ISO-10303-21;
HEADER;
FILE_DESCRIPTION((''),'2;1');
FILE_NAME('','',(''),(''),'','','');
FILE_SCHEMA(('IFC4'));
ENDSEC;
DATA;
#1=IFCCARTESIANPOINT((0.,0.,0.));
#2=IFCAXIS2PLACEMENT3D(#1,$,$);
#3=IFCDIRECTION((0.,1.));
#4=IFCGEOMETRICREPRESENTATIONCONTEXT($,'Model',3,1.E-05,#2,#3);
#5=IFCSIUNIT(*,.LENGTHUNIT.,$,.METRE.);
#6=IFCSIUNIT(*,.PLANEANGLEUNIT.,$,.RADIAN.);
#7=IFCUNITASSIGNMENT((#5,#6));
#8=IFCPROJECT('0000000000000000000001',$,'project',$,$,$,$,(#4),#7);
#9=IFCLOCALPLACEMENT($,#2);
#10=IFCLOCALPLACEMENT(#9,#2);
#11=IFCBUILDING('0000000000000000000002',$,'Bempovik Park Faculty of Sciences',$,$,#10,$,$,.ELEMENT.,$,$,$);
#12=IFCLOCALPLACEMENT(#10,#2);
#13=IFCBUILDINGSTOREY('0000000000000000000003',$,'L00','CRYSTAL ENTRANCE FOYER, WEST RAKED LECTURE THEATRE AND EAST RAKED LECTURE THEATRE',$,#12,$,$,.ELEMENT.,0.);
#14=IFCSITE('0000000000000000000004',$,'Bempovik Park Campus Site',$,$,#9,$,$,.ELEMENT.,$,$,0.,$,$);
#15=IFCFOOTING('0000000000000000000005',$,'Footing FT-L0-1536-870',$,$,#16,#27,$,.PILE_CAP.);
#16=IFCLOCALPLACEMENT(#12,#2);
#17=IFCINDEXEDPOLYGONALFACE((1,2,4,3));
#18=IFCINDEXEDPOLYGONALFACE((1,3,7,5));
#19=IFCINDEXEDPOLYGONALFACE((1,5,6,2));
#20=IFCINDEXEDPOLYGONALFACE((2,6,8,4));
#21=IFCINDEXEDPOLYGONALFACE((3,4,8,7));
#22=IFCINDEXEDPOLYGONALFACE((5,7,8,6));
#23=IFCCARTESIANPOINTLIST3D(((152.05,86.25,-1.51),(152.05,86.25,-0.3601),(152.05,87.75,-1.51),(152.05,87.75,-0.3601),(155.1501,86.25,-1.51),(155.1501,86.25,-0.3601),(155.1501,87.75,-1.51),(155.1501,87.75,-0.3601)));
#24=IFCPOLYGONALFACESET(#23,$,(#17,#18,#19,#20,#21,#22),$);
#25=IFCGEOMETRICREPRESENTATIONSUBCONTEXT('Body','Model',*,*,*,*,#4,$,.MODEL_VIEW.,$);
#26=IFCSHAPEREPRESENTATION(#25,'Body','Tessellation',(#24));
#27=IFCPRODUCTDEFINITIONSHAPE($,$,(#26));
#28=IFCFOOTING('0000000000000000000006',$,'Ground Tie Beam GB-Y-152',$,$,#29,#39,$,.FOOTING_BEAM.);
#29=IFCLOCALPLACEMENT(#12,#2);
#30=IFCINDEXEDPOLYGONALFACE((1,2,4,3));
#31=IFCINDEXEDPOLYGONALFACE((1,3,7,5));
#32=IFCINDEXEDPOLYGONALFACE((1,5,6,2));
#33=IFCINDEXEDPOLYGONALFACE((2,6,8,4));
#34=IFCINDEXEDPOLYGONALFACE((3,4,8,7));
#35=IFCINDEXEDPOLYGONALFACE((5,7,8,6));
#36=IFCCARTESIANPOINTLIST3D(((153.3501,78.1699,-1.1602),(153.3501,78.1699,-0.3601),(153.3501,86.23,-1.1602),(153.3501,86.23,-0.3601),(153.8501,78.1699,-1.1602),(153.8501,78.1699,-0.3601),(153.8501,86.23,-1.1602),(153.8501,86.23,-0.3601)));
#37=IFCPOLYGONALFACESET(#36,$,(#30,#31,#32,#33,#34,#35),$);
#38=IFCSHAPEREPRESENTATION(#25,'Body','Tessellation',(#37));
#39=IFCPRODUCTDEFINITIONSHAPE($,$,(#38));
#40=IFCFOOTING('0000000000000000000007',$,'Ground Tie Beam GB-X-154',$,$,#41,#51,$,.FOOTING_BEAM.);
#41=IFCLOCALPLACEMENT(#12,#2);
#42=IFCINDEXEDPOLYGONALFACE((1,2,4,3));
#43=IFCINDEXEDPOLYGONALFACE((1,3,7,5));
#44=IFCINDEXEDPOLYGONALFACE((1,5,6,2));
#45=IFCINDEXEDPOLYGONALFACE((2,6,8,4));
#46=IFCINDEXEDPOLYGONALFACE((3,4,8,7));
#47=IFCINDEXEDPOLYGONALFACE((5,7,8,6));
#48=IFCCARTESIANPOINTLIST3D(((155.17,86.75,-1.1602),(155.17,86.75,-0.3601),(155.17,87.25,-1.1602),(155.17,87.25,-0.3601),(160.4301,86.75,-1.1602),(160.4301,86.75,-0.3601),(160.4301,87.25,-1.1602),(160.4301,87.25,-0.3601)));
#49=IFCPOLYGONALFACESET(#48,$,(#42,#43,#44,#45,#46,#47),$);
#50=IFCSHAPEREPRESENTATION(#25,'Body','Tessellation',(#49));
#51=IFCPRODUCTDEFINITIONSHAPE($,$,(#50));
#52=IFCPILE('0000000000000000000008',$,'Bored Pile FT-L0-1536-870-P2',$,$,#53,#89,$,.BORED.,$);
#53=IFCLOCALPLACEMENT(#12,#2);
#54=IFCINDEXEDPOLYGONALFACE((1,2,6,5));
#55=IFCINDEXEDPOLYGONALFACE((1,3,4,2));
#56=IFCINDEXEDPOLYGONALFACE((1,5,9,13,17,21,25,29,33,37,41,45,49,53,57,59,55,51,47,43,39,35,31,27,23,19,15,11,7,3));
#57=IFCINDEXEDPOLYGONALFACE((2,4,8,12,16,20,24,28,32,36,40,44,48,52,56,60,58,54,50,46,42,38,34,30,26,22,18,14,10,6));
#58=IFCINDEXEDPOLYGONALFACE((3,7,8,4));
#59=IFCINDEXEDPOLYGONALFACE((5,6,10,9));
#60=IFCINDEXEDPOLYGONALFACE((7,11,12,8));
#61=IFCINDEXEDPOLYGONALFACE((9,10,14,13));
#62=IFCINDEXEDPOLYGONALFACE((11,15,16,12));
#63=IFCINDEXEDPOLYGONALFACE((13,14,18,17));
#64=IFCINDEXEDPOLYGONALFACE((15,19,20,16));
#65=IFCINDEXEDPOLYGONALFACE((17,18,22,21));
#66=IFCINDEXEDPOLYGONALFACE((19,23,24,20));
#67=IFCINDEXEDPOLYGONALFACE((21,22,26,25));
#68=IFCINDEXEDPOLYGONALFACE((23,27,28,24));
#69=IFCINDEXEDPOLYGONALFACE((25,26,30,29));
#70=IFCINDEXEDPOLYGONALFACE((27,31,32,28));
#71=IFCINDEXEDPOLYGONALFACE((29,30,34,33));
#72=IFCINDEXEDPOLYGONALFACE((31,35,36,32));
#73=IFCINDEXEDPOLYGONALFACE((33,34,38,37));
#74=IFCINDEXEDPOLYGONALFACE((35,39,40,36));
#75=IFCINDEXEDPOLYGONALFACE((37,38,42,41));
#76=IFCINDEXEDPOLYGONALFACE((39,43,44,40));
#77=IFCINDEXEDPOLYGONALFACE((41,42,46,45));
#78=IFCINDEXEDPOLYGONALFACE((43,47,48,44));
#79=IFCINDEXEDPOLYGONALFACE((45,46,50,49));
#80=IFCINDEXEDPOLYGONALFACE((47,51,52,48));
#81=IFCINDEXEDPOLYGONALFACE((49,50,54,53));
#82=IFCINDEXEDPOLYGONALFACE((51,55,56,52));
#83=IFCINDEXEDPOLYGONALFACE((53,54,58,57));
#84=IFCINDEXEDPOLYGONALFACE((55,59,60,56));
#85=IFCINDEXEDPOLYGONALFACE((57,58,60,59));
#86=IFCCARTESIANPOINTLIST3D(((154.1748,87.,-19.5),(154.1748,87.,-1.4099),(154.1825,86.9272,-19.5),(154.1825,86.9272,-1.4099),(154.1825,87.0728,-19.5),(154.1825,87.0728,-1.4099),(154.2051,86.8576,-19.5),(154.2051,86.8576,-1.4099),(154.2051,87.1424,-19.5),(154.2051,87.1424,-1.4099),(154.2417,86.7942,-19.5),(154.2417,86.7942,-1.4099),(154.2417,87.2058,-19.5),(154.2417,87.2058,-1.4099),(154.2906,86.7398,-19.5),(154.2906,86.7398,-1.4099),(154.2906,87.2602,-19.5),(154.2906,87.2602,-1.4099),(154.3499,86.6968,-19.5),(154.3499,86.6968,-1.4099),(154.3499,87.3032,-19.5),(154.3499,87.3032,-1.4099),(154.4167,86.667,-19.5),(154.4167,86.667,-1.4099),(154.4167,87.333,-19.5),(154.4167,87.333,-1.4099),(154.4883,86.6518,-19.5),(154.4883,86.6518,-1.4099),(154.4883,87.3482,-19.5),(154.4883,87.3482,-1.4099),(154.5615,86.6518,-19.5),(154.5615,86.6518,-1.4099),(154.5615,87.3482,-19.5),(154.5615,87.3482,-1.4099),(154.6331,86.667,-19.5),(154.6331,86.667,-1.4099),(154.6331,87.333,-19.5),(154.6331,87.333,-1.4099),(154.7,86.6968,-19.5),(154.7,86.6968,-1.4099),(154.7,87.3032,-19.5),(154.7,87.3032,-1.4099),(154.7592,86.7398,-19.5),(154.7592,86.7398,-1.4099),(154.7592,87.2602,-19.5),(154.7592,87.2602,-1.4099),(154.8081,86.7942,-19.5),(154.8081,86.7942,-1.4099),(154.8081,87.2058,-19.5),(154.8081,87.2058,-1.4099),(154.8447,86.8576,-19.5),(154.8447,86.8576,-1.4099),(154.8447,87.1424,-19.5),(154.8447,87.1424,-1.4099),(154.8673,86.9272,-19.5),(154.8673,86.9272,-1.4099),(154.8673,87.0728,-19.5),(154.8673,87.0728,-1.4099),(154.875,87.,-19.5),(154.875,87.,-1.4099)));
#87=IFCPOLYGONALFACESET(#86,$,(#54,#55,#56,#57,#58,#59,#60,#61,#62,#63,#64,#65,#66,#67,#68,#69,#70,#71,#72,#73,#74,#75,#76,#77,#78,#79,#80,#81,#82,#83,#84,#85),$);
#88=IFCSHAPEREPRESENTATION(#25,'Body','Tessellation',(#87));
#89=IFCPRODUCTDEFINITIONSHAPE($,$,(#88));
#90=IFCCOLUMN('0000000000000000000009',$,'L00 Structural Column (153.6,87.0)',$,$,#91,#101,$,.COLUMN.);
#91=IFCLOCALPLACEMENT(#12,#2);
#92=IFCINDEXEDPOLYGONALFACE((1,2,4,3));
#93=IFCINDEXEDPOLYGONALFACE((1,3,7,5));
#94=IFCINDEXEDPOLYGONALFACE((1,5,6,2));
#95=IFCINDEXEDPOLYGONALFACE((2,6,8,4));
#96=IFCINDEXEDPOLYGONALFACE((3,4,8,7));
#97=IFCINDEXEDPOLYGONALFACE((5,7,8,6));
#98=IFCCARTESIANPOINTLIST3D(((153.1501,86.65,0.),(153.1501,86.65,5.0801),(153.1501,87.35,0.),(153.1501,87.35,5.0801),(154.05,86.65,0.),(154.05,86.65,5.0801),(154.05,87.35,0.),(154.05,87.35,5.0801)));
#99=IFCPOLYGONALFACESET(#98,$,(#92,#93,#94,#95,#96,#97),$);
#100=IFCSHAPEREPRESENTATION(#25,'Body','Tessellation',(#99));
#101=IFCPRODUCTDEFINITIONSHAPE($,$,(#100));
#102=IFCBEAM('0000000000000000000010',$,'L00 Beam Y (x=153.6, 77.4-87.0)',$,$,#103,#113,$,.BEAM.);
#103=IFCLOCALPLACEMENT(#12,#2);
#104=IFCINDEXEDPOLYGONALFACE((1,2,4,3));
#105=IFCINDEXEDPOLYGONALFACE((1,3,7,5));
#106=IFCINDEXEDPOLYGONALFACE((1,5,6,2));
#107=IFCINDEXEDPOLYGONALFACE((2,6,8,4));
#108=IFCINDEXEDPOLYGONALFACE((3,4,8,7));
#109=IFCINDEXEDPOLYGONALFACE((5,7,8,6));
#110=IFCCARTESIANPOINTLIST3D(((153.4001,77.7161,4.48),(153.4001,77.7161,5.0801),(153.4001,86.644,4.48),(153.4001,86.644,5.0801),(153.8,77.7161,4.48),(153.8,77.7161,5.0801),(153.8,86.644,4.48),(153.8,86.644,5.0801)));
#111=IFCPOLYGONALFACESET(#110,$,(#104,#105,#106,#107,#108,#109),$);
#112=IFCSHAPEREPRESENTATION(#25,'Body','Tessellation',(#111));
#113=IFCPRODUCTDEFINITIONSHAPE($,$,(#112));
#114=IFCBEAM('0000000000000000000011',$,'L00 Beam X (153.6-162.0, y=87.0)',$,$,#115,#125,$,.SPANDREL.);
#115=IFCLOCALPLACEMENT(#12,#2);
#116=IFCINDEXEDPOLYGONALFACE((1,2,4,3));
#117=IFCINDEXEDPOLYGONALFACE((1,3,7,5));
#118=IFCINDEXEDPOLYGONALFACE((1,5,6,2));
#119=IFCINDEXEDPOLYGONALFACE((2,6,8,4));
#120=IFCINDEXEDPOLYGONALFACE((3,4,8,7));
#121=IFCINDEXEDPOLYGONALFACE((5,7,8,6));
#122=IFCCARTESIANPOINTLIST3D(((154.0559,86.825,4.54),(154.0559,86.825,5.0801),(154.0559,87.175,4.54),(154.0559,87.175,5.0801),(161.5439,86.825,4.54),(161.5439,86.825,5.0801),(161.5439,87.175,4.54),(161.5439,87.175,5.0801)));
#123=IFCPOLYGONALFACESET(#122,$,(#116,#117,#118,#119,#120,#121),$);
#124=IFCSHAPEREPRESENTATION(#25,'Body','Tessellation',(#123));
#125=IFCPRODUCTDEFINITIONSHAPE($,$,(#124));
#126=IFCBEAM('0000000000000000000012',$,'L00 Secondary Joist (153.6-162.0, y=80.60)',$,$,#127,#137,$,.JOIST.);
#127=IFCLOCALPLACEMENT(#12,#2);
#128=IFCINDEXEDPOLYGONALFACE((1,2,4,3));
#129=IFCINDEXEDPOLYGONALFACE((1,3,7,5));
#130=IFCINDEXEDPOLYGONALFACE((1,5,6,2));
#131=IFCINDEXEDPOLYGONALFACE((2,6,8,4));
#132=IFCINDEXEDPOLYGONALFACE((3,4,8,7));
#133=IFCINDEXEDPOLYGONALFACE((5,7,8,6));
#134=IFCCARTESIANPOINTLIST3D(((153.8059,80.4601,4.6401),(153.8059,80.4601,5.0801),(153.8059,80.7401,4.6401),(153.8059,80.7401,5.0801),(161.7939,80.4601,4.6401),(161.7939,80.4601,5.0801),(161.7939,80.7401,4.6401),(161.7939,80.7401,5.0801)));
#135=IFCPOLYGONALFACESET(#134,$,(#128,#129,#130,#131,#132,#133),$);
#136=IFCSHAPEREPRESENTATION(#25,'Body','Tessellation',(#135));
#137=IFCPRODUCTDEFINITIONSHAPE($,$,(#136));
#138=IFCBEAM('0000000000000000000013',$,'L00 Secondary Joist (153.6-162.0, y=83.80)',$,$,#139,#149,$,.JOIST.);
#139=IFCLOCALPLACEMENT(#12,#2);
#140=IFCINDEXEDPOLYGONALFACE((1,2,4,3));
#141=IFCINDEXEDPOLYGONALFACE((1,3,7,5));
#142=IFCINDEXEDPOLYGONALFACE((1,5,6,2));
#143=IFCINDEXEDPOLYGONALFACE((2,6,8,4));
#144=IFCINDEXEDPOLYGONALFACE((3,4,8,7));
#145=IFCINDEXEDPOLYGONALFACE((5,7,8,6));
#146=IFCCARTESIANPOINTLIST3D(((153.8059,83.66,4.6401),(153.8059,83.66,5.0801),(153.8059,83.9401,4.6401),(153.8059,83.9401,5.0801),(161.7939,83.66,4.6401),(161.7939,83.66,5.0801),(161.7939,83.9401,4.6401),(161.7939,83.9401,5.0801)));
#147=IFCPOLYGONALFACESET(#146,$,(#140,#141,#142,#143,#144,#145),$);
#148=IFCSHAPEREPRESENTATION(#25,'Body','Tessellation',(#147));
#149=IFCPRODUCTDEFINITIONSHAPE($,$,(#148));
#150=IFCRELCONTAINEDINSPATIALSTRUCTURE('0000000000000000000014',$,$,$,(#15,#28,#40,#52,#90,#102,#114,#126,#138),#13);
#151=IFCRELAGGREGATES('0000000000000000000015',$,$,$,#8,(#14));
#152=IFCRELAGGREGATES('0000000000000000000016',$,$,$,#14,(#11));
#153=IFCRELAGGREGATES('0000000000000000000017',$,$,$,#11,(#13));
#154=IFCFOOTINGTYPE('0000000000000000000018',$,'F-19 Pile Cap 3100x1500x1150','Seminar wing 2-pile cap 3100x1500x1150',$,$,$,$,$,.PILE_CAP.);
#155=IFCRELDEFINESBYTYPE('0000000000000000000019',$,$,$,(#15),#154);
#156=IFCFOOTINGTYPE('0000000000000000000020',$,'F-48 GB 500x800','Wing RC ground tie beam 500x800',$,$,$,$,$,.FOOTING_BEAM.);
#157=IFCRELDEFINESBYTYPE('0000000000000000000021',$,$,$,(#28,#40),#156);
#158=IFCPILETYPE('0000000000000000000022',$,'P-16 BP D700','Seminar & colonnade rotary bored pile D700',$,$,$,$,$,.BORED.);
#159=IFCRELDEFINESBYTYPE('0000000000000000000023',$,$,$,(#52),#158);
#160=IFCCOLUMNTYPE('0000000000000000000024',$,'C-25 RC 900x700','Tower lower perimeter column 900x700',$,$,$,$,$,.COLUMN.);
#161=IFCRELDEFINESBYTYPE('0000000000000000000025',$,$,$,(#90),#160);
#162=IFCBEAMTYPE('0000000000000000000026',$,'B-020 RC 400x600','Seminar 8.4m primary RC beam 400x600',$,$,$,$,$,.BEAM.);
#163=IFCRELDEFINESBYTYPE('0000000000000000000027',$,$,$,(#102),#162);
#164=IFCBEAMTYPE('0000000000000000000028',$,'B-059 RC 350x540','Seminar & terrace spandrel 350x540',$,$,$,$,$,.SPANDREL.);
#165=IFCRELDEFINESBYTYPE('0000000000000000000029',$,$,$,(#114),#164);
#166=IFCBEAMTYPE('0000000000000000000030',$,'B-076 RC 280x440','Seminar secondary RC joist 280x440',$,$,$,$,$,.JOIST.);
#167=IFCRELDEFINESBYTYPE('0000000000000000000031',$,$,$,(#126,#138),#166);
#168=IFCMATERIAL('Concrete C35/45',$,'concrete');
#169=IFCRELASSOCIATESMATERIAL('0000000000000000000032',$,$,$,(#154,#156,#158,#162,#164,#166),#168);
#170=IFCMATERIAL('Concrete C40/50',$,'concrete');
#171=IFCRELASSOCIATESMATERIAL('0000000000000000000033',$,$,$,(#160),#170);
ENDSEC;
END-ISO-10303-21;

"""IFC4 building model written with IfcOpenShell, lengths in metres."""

from ifc_helpers import new_model, si_unit, direction, frame, origin, origin_2d, place, context, subcontext, project, spatial, rectangle, circle, extrude, material, material_profile, profile_set, type_object, element, save


model = new_model("IFC4")

# Units and contexts
model_context = context("Model", 3, precision=1e-05, world=origin(), true_north=direction((0.0, 1.0)))
body_context = subcontext(model_context, "Body", "Model", "MODEL_VIEW")
ifc_project = project(units=[si_unit("LENGTHUNIT", "METRE"), si_unit("PLANEANGLEUNIT", "RADIAN")], contexts=[model_context])

# Site, building, storey
site_placement = place(None, origin())
site = spatial("IfcSite", under=ifc_project, at=site_placement, Name="Bempovik Park Campus Site", CompositionType="ELEMENT", RefElevation=0.0)
building_placement = place(site_placement, origin())
building = spatial("IfcBuilding", under=site, at=building_placement, Name="Bempovik Park Faculty of Sciences", CompositionType="ELEMENT")
storey_placement = place(building_placement, origin())
storey = spatial("IfcBuildingStorey", under=building, at=storey_placement, Name="L00", Description="CRYSTAL ENTRANCE FOYER, WEST RAKED LECTURE THEATRE AND EAST RAKED LECTURE THEATRE", CompositionType="ELEMENT", Elevation=0.0)

# Footings
ifc_material_1 = material(Name="Concrete C35/45", Category="concrete")
footing_type_1 = type_object("IfcFootingType", Name="F-19 Pile Cap 3100x1500x1150", Description="Seminar wing 2-pile cap 3100x1500x1150", PredefinedType="PILE_CAP", material=ifc_material_1)
footing_1_placement = place(storey_placement, frame((153.6001, 87.0, -1.51), z_axis=(0.0, 0.0, 1.0), x_axis=(1.0, 0.0, 0.0)))
element("IfcFooting", 1, at=footing_1_placement, inside=storey, type_object=footing_type_1, Name="Footing FT-L0-1536-870", PredefinedType="PILE_CAP", context=body_context, shape_type="SweptSolid", body=[
    extrude(rectangle(XDim=3.1001, YDim=1.5, at=origin_2d()), origin(), (0.0, 0.0, 1.0), 1.1499),
])
footing_type_2 = type_object("IfcFootingType", Name="F-48 GB 500x800", Description="Wing RC ground tie beam 500x800", PredefinedType="FOOTING_BEAM", material=ifc_material_1)
footing_2_placement = place(storey_placement, frame((153.6001, 82.2, -1.1602), z_axis=(0.0, 0.0, 1.0), x_axis=(1.0, 0.0, 0.0)))
element("IfcFooting", 2, at=footing_2_placement, inside=storey, type_object=footing_type_2, Name="Ground Tie Beam GB-Y-152", PredefinedType="FOOTING_BEAM", context=body_context, shape_type="SweptSolid", body=[
    extrude(rectangle(XDim=0.5, YDim=8.0601, at=origin_2d()), origin(), (0.0, 0.0, 1.0), 0.8),
])
footing_3_placement = place(storey_placement, frame((157.8, 87.0, -1.1602), z_axis=(0.0, 0.0, 1.0), x_axis=(1.0, 0.0, 0.0)))
element("IfcFooting", 3, at=footing_3_placement, inside=storey, type_object=footing_type_2, Name="Ground Tie Beam GB-X-154", PredefinedType="FOOTING_BEAM", context=body_context, shape_type="SweptSolid", body=[
    extrude(rectangle(XDim=5.26, YDim=0.5, at=origin_2d()), origin(), (0.0, 0.0, 1.0), 0.8),
])

# Pile
ifc_material_profile_1 = material_profile(ifc_material_1, circle(Radius=0.3501, at=origin_2d()), Name="BP D700")
ifc_profile_set_1 = profile_set([ifc_material_profile_1], Name="Concrete C35/45")
pile_type = type_object("IfcPileType", Name="P-16 BP D700", Description="Seminar & colonnade rotary bored pile D700", PredefinedType="BORED", material=ifc_profile_set_1)
pile_placement = place(storey_placement, frame((154.5249, 87.0, -1.4099), z_axis=(0.0, 0.0, -1.0), x_axis=(1.0, 0.0, 0.0)))
element("IfcPile", 4, at=pile_placement, inside=storey, type_object=pile_type, Name="Bored Pile FT-L0-1536-870-P2", PredefinedType="BORED", context=body_context, shape_type="SweptSolid", body=[
    extrude(circle(Radius=0.3501, at=origin_2d()), origin(), (0.0, 0.0, 1.0), 18.0901),
])

# Column
ifc_material_2 = material(Name="Concrete C40/50", Category="concrete")
ifc_material_profile_2 = material_profile(ifc_material_2, rectangle(XDim=0.8999, YDim=0.7, at=origin_2d()), Name="RC 900x700")
ifc_profile_set_2 = profile_set([ifc_material_profile_2], Name="Concrete C40/50")
column_type = type_object("IfcColumnType", Name="C-25 RC 900x700", Description="Tower lower perimeter column 900x700", PredefinedType="COLUMN", material=ifc_profile_set_2)
column_placement = place(storey_placement, frame((153.6001, 87.0, 0.0), z_axis=(0.0, 0.0, 1.0), x_axis=(1.0, 0.0, 0.0)))
element("IfcColumn", 5, at=column_placement, inside=storey, type_object=column_type, Name="L00 Structural Column (153.6,87.0)", PredefinedType="COLUMN", context=body_context, shape_type="SweptSolid", body=[
    extrude(rectangle(XDim=0.8999, YDim=0.7, at=origin_2d()), origin(), (0.0, 0.0, 1.0), 5.0801),
])

# Beams
ifc_material_profile_3 = material_profile(ifc_material_1, rectangle(XDim=0.3999, YDim=0.6001, at=origin_2d()), Name="RC 400x600")
ifc_profile_set_3 = profile_set([ifc_material_profile_3], Name="Concrete C35/45")
beam_type_1 = type_object("IfcBeamType", Name="B-020 RC 400x600", Description="Seminar 8.4m primary RC beam 400x600", PredefinedType="BEAM", material=ifc_profile_set_3)
beam_1_placement = place(storey_placement, frame((153.6001, 77.7161, 4.78), z_axis=(0.0, 1.0, 0.0), x_axis=(-1.0, 0.0, 0.0)))
element("IfcBeam", 6, at=beam_1_placement, inside=storey, type_object=beam_type_1, Name="L00 Beam Y (x=153.6, 77.4-87.0)", PredefinedType="BEAM", context=body_context, shape_type="SweptSolid", body=[
    extrude(rectangle(XDim=0.3999, YDim=0.6001, at=origin_2d()), origin(), (0.0, 0.0, 1.0), 8.928),
])
ifc_material_profile_4 = material_profile(ifc_material_1, rectangle(XDim=0.3501, YDim=0.54, at=origin_2d()), Name="RC 350x540")
ifc_profile_set_4 = profile_set([ifc_material_profile_4], Name="Concrete C35/45")
beam_type_2 = type_object("IfcBeamType", Name="B-059 RC 350x540", Description="Seminar & terrace spandrel 350x540", PredefinedType="SPANDREL", material=ifc_profile_set_4)
beam_2_placement = place(storey_placement, frame((154.0559, 87.0, 4.8101), z_axis=(1.0, 0.0, 0.0), x_axis=(0.0, 1.0, 0.0)))
element("IfcBeam", 7, at=beam_2_placement, inside=storey, type_object=beam_type_2, Name="L00 Beam X (153.6-162.0, y=87.0)", PredefinedType="SPANDREL", context=body_context, shape_type="SweptSolid", body=[
    extrude(rectangle(XDim=0.3501, YDim=0.54, at=origin_2d()), origin(), (0.0, 0.0, 1.0), 7.488),
])
ifc_material_profile_5 = material_profile(ifc_material_1, rectangle(XDim=0.28, YDim=0.4399, at=origin_2d()), Name="RC 280x440")
ifc_profile_set_5 = profile_set([ifc_material_profile_5], Name="Concrete C35/45")
beam_type_3 = type_object("IfcBeamType", Name="B-076 RC 280x440", Description="Seminar secondary RC joist 280x440", PredefinedType="JOIST", material=ifc_profile_set_5)
for number, where, z_axis, x_axis, name in (
    (8, (153.8059, 80.6001, 4.8601), (1.0, 0.0, 0.0), (0.0, 1.0, 0.0), "L00 Secondary Joist (153.6-162.0, y=80.60)"),
    (9, (153.8059, 83.8, 4.8601), (1.0, 0.0, 0.0), (0.0, 1.0, 0.0), "L00 Secondary Joist (153.6-162.0, y=83.80)"),
):
    element("IfcBeam", number, at=place(storey_placement, frame(where, z_axis=z_axis, x_axis=x_axis)), inside=storey, type_object=beam_type_3, Name=name, PredefinedType="JOIST", context=body_context, shape_type="SweptSolid", body=[
        extrude(rectangle(XDim=0.28, YDim=0.4399, at=origin_2d()), origin(), (0.0, 0.0, 1.0), 7.988),
    ])

save(model, "model.ifc")
